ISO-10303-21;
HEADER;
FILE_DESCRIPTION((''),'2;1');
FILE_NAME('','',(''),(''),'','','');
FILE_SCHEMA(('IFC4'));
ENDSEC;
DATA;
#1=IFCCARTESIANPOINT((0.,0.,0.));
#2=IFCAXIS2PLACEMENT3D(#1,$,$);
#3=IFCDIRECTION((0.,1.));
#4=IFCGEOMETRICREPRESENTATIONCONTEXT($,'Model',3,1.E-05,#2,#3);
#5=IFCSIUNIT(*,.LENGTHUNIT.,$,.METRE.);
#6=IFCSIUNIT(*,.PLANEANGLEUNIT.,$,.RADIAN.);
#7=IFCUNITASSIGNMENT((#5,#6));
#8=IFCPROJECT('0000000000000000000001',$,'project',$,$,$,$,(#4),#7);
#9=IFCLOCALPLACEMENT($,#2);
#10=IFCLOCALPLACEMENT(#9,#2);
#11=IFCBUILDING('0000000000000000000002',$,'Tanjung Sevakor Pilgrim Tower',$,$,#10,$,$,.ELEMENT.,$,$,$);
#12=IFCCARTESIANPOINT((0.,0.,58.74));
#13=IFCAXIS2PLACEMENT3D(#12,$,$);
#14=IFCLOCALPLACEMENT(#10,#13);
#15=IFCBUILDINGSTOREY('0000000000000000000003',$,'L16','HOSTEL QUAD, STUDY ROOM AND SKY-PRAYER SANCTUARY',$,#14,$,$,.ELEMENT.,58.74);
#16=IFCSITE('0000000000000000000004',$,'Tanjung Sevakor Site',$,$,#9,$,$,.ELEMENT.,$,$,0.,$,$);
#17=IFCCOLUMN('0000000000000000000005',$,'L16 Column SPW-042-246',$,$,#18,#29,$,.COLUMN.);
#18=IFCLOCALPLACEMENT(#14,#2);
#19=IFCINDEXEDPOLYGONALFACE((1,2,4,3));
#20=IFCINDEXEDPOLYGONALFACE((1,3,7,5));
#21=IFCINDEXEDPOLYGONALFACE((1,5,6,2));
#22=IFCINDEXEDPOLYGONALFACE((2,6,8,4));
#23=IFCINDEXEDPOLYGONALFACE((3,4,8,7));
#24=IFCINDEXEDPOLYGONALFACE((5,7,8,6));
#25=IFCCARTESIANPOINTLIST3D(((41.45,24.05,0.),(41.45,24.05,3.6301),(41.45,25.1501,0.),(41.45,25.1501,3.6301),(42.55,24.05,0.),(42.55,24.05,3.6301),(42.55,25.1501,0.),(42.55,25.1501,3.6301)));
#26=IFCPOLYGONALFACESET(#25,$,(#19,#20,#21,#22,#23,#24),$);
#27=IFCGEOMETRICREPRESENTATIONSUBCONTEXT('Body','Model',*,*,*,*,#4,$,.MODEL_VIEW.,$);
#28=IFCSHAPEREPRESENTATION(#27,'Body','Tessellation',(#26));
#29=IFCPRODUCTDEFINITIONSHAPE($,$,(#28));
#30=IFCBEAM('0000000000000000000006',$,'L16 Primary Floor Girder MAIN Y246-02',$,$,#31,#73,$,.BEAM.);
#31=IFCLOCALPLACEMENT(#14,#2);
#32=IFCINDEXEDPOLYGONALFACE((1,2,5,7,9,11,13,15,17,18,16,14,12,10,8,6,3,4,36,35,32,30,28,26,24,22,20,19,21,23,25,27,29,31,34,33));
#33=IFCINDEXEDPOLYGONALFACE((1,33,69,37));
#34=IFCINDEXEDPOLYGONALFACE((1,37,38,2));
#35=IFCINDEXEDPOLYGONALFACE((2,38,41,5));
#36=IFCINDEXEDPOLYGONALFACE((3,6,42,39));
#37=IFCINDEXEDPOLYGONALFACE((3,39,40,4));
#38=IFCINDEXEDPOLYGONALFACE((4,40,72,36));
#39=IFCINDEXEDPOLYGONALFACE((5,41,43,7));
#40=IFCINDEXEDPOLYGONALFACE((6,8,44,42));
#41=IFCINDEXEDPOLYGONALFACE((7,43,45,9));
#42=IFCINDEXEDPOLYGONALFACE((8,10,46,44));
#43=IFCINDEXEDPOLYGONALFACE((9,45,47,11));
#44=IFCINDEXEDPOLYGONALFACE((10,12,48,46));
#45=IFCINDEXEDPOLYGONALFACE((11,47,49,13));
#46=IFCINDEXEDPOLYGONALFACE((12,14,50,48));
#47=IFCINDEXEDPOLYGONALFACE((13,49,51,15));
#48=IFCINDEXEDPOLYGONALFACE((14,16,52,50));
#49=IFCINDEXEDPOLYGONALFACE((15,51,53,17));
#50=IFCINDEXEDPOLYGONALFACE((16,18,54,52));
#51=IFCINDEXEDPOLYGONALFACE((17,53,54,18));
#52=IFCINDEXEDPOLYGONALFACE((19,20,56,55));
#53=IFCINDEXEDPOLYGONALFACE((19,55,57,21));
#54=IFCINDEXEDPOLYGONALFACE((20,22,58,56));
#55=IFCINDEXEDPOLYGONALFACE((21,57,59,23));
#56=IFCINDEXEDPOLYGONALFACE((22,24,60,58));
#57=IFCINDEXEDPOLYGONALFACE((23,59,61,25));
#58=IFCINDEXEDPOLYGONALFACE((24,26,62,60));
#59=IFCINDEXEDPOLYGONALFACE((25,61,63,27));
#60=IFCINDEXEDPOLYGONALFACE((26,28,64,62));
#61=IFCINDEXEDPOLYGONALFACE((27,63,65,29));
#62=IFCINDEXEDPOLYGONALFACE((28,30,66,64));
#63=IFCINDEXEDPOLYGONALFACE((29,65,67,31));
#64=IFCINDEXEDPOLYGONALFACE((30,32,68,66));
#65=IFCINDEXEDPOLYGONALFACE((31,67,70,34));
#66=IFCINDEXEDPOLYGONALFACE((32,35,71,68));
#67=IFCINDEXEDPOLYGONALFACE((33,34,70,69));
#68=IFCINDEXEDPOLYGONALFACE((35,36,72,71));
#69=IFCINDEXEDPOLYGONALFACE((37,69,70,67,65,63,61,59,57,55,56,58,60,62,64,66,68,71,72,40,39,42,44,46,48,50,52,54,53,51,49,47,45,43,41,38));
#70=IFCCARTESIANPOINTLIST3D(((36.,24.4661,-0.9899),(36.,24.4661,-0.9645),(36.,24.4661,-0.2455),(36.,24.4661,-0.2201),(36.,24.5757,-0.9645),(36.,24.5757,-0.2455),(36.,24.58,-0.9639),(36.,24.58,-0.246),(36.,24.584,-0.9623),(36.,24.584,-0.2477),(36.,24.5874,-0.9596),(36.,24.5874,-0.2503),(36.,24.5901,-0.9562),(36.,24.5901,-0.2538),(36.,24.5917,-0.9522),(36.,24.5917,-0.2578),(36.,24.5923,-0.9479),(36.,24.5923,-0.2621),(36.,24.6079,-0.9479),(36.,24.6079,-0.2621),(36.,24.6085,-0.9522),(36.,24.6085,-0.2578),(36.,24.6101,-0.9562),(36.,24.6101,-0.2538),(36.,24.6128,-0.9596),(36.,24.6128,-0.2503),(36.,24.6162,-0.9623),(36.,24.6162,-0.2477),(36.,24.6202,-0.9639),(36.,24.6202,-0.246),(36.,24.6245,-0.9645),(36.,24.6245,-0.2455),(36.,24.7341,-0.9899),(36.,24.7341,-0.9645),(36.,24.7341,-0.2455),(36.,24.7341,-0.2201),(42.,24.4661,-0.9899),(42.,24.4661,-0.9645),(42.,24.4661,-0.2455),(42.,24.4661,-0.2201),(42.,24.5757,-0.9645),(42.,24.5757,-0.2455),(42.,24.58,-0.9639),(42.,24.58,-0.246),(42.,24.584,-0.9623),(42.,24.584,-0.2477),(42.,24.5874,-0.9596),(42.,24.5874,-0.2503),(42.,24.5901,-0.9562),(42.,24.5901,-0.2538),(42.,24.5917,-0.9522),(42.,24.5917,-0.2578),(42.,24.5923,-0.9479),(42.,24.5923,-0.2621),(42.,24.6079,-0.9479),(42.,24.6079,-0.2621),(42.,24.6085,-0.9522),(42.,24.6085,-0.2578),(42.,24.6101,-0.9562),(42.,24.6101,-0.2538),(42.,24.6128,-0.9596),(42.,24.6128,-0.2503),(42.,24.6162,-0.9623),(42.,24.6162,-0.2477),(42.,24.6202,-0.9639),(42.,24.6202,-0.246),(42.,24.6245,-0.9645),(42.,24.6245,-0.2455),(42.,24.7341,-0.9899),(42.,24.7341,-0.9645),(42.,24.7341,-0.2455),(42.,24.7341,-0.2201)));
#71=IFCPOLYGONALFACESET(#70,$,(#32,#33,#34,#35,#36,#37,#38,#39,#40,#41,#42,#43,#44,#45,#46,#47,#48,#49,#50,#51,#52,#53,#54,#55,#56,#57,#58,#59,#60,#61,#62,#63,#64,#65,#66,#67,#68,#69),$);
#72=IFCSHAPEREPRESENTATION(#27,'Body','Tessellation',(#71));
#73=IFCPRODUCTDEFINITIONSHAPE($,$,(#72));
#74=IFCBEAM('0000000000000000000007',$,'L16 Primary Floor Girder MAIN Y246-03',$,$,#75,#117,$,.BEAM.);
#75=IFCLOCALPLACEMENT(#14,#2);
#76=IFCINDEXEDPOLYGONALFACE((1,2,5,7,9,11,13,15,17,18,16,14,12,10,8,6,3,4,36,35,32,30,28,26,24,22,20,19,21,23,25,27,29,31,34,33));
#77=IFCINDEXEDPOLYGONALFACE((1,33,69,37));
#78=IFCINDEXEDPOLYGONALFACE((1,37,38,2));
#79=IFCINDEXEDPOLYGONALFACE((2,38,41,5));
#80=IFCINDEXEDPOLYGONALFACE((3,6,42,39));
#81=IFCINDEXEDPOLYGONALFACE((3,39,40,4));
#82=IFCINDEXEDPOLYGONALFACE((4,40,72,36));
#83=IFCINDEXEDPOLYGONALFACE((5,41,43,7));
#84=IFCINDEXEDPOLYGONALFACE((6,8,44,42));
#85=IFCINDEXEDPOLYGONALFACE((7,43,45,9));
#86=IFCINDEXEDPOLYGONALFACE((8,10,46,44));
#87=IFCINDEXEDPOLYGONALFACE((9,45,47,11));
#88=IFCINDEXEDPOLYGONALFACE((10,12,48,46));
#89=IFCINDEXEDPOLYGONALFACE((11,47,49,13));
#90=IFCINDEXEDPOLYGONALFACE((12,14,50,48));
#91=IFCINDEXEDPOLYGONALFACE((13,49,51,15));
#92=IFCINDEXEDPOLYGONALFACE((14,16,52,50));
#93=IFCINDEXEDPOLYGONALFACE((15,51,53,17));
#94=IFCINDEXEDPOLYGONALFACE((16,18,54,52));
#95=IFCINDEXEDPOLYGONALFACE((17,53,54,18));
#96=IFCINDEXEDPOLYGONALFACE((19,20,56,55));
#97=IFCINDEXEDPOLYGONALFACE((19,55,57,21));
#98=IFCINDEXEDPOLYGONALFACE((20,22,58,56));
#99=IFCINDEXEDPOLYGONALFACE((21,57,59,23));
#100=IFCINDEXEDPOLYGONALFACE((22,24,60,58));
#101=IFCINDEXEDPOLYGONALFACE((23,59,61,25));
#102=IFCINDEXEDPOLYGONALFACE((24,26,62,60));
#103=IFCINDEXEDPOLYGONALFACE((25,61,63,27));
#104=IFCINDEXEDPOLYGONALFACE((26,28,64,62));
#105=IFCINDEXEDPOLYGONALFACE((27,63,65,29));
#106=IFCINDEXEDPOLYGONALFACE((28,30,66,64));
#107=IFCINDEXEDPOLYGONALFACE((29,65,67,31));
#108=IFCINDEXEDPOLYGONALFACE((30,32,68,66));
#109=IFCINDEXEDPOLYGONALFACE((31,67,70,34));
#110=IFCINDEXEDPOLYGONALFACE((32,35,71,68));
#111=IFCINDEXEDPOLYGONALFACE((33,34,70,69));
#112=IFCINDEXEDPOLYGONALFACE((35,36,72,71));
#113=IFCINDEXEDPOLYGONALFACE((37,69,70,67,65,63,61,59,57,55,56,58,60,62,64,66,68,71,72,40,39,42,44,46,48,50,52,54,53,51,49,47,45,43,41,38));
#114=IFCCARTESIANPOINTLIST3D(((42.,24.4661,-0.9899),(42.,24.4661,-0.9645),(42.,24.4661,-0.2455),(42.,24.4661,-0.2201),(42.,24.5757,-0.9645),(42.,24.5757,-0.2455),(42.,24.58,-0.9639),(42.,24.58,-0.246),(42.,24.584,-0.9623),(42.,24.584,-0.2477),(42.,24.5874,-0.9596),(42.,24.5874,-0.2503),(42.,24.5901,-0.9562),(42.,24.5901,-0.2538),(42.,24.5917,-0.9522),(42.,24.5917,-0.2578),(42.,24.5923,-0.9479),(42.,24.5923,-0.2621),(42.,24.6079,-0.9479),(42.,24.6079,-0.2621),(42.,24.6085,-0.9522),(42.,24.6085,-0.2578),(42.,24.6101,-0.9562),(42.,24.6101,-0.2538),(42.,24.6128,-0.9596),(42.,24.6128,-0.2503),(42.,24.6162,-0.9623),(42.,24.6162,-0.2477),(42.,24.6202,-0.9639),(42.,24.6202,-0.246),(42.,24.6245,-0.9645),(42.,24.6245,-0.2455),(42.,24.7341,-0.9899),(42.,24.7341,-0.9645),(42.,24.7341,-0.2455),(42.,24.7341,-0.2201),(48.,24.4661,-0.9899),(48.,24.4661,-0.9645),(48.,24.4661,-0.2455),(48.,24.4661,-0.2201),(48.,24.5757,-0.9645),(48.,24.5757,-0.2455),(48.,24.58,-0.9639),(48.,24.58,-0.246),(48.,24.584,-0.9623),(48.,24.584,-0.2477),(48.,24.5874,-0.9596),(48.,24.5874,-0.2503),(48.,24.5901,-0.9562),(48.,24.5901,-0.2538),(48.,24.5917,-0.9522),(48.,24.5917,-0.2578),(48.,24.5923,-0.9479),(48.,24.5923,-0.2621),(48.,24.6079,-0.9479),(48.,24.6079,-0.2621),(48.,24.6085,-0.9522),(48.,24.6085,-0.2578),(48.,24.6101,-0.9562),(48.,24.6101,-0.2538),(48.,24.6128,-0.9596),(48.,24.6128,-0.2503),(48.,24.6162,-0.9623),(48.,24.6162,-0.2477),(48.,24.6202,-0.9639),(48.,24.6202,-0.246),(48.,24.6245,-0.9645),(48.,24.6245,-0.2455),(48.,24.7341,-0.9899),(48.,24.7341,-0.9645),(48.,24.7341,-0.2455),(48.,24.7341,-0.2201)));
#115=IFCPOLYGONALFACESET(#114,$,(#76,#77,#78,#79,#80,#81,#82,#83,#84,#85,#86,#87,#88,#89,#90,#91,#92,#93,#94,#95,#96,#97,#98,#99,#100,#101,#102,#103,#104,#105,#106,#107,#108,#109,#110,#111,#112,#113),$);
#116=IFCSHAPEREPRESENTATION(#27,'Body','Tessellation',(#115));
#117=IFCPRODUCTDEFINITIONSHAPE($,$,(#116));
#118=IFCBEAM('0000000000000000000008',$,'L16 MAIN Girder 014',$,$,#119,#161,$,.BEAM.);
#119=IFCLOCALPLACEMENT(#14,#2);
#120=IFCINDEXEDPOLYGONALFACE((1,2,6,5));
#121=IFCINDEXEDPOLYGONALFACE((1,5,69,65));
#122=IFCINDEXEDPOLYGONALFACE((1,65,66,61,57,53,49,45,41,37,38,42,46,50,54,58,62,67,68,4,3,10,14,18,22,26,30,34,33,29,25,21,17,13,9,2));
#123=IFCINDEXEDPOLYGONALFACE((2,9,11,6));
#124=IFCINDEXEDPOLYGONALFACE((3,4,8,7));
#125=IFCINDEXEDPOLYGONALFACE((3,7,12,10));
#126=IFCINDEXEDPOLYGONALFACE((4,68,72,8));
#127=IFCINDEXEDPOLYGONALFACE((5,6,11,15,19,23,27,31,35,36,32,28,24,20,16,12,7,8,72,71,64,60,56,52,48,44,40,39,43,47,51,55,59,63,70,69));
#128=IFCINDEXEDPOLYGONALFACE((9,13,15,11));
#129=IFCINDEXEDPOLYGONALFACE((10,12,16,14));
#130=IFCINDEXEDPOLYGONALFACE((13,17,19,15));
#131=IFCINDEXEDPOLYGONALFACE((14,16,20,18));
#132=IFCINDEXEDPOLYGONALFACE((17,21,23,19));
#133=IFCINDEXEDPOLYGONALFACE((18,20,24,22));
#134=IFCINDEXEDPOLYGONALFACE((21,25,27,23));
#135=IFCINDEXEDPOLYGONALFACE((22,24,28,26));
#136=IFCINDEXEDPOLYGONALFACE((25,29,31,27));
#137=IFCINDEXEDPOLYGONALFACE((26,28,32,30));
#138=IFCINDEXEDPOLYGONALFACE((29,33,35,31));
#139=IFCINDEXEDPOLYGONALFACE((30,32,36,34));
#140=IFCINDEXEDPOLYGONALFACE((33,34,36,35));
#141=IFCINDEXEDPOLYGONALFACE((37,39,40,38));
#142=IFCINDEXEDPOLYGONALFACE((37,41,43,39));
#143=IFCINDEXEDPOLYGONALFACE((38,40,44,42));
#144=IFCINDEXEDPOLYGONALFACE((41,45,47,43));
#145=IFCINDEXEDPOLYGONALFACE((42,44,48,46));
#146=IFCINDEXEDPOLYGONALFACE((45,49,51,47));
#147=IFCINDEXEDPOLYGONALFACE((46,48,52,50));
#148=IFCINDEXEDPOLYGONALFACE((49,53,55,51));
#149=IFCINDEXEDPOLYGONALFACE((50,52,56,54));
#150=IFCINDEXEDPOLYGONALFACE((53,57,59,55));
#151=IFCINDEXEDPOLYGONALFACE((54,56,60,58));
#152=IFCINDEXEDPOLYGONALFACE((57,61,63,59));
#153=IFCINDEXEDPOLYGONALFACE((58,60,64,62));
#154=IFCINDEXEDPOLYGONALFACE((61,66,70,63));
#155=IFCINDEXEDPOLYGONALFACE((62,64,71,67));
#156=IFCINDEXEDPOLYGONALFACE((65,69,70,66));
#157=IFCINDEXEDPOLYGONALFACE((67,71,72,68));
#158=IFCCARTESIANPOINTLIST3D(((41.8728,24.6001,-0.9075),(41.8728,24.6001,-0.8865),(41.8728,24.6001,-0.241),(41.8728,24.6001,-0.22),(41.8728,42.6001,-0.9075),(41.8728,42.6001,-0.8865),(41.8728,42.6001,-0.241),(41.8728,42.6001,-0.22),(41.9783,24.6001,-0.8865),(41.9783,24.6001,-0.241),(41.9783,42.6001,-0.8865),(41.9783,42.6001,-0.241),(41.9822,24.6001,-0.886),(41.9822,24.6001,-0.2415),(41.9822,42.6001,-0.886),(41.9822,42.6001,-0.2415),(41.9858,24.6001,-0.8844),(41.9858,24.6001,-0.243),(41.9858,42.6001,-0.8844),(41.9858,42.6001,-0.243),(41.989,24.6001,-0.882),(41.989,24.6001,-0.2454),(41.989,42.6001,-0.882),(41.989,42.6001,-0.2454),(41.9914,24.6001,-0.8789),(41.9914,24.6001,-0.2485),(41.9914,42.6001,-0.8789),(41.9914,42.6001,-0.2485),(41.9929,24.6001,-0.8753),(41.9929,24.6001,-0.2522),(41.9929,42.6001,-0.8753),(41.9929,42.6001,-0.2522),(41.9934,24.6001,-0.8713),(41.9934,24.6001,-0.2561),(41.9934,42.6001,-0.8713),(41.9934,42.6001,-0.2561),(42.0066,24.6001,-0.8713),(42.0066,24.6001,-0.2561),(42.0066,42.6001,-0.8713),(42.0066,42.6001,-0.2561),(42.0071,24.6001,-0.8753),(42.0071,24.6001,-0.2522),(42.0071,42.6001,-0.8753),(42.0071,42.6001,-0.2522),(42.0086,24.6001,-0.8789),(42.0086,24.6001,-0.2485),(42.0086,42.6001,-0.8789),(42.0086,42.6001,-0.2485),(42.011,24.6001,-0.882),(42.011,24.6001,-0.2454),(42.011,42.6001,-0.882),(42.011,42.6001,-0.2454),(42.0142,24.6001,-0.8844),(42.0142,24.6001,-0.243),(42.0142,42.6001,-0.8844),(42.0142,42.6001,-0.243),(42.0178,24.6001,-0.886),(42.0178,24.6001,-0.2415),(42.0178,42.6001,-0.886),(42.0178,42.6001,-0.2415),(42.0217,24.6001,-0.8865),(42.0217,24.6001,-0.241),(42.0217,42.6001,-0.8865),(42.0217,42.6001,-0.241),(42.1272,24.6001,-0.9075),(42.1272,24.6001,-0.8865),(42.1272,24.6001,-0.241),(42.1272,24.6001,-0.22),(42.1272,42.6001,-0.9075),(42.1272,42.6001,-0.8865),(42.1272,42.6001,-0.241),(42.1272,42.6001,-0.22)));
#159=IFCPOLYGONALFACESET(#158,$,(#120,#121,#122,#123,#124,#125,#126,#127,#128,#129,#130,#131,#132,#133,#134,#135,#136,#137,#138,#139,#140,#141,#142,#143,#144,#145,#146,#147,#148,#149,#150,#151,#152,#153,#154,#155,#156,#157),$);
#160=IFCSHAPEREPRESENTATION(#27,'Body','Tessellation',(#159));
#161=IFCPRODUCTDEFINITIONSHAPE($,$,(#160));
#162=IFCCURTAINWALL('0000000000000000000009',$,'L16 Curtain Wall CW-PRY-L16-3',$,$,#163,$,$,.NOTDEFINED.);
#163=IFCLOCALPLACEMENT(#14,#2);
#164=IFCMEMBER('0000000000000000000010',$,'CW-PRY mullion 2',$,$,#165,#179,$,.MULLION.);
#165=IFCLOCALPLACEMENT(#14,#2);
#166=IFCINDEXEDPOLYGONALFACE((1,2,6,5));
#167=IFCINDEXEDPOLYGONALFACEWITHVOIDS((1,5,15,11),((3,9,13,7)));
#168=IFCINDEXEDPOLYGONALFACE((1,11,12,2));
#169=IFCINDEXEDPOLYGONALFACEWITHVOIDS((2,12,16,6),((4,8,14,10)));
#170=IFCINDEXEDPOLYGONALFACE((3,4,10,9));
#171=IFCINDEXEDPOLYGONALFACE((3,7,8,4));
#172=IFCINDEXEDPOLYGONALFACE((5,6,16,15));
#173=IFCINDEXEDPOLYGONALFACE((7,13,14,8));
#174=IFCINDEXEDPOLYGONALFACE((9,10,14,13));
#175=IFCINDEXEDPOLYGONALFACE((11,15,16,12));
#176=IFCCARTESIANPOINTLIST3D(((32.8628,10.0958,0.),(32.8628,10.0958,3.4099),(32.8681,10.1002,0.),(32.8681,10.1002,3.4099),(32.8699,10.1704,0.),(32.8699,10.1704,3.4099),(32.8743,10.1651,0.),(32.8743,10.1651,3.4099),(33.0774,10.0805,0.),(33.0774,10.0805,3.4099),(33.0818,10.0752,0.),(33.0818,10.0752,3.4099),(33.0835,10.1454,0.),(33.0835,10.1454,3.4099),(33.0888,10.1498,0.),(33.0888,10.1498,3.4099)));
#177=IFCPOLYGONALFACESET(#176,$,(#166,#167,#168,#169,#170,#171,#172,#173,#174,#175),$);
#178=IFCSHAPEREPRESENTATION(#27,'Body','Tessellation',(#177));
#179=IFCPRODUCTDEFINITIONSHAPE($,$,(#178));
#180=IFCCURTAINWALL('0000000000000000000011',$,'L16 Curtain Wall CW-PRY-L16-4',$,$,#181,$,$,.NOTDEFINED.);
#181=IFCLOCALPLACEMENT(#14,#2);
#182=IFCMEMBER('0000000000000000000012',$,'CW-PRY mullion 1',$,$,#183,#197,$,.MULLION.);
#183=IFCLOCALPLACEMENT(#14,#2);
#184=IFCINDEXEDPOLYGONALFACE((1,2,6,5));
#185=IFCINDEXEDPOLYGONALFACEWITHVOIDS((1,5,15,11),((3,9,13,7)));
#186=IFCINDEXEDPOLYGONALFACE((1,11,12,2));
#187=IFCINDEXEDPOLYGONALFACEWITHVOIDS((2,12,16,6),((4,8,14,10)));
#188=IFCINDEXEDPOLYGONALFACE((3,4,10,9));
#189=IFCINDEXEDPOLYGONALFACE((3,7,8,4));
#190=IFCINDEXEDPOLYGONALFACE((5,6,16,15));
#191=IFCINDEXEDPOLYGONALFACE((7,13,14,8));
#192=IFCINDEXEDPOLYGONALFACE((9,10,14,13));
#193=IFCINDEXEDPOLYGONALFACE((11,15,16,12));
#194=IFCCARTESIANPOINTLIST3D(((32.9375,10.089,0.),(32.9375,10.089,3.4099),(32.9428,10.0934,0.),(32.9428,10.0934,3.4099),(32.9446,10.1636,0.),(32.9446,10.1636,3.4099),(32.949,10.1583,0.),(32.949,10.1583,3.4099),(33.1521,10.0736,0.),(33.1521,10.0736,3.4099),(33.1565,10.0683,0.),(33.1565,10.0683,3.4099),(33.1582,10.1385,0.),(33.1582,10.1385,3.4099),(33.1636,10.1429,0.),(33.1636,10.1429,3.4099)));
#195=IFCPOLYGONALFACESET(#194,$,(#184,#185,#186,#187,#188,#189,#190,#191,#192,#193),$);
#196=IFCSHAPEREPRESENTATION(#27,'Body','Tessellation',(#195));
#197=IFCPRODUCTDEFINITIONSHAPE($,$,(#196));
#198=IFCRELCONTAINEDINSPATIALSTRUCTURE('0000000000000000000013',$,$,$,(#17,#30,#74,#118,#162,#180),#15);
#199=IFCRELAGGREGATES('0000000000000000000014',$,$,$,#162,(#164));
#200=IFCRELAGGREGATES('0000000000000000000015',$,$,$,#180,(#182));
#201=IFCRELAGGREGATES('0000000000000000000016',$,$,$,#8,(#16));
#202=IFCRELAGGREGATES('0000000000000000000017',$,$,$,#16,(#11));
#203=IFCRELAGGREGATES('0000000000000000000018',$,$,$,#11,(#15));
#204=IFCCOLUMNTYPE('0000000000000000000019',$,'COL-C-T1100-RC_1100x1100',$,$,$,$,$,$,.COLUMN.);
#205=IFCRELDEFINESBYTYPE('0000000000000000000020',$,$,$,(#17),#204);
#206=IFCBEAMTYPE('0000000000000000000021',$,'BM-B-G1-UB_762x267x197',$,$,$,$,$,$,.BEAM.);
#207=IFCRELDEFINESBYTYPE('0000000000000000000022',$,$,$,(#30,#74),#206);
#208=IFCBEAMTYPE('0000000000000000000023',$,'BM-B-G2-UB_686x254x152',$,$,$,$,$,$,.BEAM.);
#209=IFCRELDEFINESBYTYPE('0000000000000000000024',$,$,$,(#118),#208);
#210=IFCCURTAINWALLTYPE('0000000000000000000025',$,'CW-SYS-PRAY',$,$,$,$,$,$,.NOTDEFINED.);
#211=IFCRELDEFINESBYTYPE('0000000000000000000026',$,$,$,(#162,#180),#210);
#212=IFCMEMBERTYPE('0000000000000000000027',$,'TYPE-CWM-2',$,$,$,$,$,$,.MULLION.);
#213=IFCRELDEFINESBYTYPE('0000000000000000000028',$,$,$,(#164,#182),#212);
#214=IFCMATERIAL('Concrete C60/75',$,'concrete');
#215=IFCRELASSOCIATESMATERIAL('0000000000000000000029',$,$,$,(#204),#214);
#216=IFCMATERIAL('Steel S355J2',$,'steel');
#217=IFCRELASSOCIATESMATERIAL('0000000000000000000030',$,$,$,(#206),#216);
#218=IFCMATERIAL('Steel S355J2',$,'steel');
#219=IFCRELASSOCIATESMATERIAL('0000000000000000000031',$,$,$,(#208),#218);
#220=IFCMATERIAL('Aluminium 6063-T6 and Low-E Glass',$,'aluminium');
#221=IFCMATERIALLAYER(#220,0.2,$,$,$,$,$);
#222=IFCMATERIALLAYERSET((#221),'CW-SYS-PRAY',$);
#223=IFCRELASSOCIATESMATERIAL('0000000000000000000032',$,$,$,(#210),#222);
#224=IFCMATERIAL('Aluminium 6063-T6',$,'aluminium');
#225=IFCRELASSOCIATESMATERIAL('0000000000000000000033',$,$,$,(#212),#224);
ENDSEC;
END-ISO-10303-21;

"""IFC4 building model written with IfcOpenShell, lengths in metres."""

from ifc_helpers import new_model, si_unit, direction, frame, origin, origin_2d, place, context, subcontext, project, spatial, rectangle, hollow_rectangle, i_section, extrude, material, layer, layer_set, material_profile, profile_set, type_object, element, aggregate, save


model = new_model("IFC4")

# Units and contexts
model_context = context("Model", 3, precision=1e-05, world=origin(), true_north=direction((0.0, 1.0)))
body_context = subcontext(model_context, "Body", "Model", "MODEL_VIEW")
ifc_project = project(units=[si_unit("LENGTHUNIT", "METRE"), si_unit("PLANEANGLEUNIT", "RADIAN")], contexts=[model_context])

# Site, building, storey
site_placement = place(None, origin())
site = spatial("IfcSite", under=ifc_project, at=site_placement, Name="Tanjung Sevakor Site", CompositionType="ELEMENT", RefElevation=0.0)
building_placement = place(site_placement, origin())
building = spatial("IfcBuilding", under=site, at=building_placement, Name="Tanjung Sevakor Pilgrim Tower", CompositionType="ELEMENT")
storey_placement = place(building_placement, frame((0.0, 0.0, 58.74)))
storey = spatial("IfcBuildingStorey", under=building, at=storey_placement, Name="L16", Description="HOSTEL QUAD, STUDY ROOM AND SKY-PRAYER SANCTUARY", CompositionType="ELEMENT", Elevation=58.74)

# Column
ifc_material_1 = material(Name="Concrete C60/75", Category="concrete")
ifc_material_profile_1 = material_profile(ifc_material_1, rectangle(XDim=1.1001, YDim=1.1001, at=origin_2d()))
ifc_profile_set_1 = profile_set([ifc_material_profile_1], Name="Concrete C60/75")
column_type = type_object("IfcColumnType", Name="COL-C-T1100-RC_1100x1100", PredefinedType="COLUMN", material=ifc_profile_set_1)
column_placement = place(storey_placement, frame((42.0, 24.6001, 0.0), z_axis=(0.0, 0.0, 1.0), x_axis=(1.0, 0.0, 0.0)))
element("IfcColumn", 1, at=column_placement, inside=storey, type_object=column_type, Name="L16 Column SPW-042-246", PredefinedType="COLUMN", context=body_context, shape_type="SweptSolid", body=[
    extrude(rectangle(XDim=1.1001, YDim=1.1001, at=origin_2d()), origin(), (0.0, 0.0, 1.0), 3.6301),
])

# Beams
ifc_material_2 = material(Name="Steel S355J2", Category="steel")
ifc_material_profile_2 = material_profile(ifc_material_2, i_section(OverallWidth=0.2681, OverallDepth=0.7698, WebThickness=0.0156, FlangeThickness=0.0254, FilletRadius=0.0166, at=origin_2d()))
ifc_profile_set_2 = profile_set([ifc_material_profile_2], Name="Steel S355J2")
beam_type_1 = type_object("IfcBeamType", Name="BM-B-G1-UB_762x267x197", PredefinedType="BEAM", material=ifc_profile_set_2)
for number, where, z_axis, x_axis, name in (
    (2, (36.0, 24.6001, -0.605), (1.0, 0.0, 0.0), (0.0, 1.0, 0.0), "L16 Primary Floor Girder MAIN Y246-02"),
    (3, (42.0, 24.6001, -0.605), (1.0, 0.0, 0.0), (0.0, 1.0, 0.0), "L16 Primary Floor Girder MAIN Y246-03"),
):
    element("IfcBeam", number, at=place(storey_placement, frame(where, z_axis=z_axis, x_axis=x_axis)), inside=storey, type_object=beam_type_1, Name=name, PredefinedType="BEAM", context=body_context, shape_type="SweptSolid", body=[
        extrude(i_section(OverallWidth=0.2681, OverallDepth=0.7698, WebThickness=0.0156, FlangeThickness=0.0254, FilletRadius=0.0166, at=origin_2d()), origin(), (0.0, 0.0, 1.0), 6.0),
    ])
ifc_material_3 = material(Name="Steel S355J2", Category="steel")
ifc_material_profile_3 = material_profile(ifc_material_3, i_section(OverallWidth=0.2544, OverallDepth=0.6875, WebThickness=0.0132, FlangeThickness=0.021, FilletRadius=0.0151, at=origin_2d()))
ifc_profile_set_3 = profile_set([ifc_material_profile_3], Name="Steel S355J2")
beam_type_2 = type_object("IfcBeamType", Name="BM-B-G2-UB_686x254x152", PredefinedType="BEAM", material=ifc_profile_set_3)
beam_placement = place(storey_placement, frame((42.0, 24.6001, -0.5637), z_axis=(0.0, 1.0, 0.0), x_axis=(-1.0, 0.0, 0.0)))
element("IfcBeam", 4, at=beam_placement, inside=storey, type_object=beam_type_2, Name="L16 MAIN Girder 014", PredefinedType="BEAM", context=body_context, shape_type="SweptSolid", body=[
    extrude(i_section(OverallWidth=0.2544, OverallDepth=0.6875, WebThickness=0.0132, FlangeThickness=0.021, FilletRadius=0.0151, at=origin_2d()), origin(), (0.0, 0.0, 1.0), 18.0),
])

# Curtain wall, member
ifc_material_4 = material(Name="Aluminium 6063-T6 and Low-E Glass", Category="aluminium")
ifc_layer_1 = layer(ifc_material_4, 0.2)
ifc_layer_set_1 = layer_set([ifc_layer_1], Name="CW-SYS-PRAY")
curtain_wall_type = type_object("IfcCurtainWallType", Name="CW-SYS-PRAY", PredefinedType="NOTDEFINED", material=ifc_layer_set_1)
curtain_wall_1_placement = place(storey_placement, origin())
curtain_wall_1 = element("IfcCurtainWall", 5, at=curtain_wall_1_placement, inside=storey, type_object=curtain_wall_type, Name="L16 Curtain Wall CW-PRY-L16-3", PredefinedType="NOTDEFINED")
ifc_material_5 = material(Name="Aluminium 6063-T6", Category="aluminium")
ifc_material_profile_4 = material_profile(ifc_material_5, hollow_rectangle(XDim=0.075, YDim=0.22, WallThickness=0.0049, at=origin_2d()))
ifc_profile_set_4 = profile_set([ifc_material_profile_4], Name="Aluminium 6063-T6")
member_type_1 = type_object("IfcMemberType", Name="TYPE-CWM-2", PredefinedType="MULLION", material=ifc_profile_set_4)
member_1_placement = place(storey_placement, frame((32.9758, 10.1228, 0.0), z_axis=(0.0, 0.0, 1.0), x_axis=(0.093916, 0.99558, 0.0)))
member_1 = element("IfcMember", 6, at=member_1_placement, type_object=member_type_1, Name="CW-PRY mullion 2", PredefinedType="MULLION", context=body_context, shape_type="SweptSolid", body=[
    extrude(hollow_rectangle(XDim=0.075, YDim=0.22, WallThickness=0.0049, at=origin_2d()), origin(), (0.0, 0.0, 1.0), 3.4099),
])
aggregate(curtain_wall_1, [member_1])

# Curtain wall, member
curtain_wall_2_placement = place(storey_placement, origin())
curtain_wall_2 = element("IfcCurtainWall", 7, at=curtain_wall_2_placement, inside=storey, type_object=curtain_wall_type, Name="L16 Curtain Wall CW-PRY-L16-4", PredefinedType="NOTDEFINED")
member_2_placement = place(storey_placement, frame((33.0505, 10.116, 0.0), z_axis=(0.0, 0.0, 1.0), x_axis=(0.093929, 0.995579, 0.0)))
member_2 = element("IfcMember", 8, at=member_2_placement, type_object=member_type_1, Name="CW-PRY mullion 1", PredefinedType="MULLION", context=body_context, shape_type="SweptSolid", body=[
    extrude(hollow_rectangle(XDim=0.075, YDim=0.22, WallThickness=0.0049, at=origin_2d()), origin(), (0.0, 0.0, 1.0), 3.4099),
])
aggregate(curtain_wall_2, [member_2])

save(model, "model.ifc")
